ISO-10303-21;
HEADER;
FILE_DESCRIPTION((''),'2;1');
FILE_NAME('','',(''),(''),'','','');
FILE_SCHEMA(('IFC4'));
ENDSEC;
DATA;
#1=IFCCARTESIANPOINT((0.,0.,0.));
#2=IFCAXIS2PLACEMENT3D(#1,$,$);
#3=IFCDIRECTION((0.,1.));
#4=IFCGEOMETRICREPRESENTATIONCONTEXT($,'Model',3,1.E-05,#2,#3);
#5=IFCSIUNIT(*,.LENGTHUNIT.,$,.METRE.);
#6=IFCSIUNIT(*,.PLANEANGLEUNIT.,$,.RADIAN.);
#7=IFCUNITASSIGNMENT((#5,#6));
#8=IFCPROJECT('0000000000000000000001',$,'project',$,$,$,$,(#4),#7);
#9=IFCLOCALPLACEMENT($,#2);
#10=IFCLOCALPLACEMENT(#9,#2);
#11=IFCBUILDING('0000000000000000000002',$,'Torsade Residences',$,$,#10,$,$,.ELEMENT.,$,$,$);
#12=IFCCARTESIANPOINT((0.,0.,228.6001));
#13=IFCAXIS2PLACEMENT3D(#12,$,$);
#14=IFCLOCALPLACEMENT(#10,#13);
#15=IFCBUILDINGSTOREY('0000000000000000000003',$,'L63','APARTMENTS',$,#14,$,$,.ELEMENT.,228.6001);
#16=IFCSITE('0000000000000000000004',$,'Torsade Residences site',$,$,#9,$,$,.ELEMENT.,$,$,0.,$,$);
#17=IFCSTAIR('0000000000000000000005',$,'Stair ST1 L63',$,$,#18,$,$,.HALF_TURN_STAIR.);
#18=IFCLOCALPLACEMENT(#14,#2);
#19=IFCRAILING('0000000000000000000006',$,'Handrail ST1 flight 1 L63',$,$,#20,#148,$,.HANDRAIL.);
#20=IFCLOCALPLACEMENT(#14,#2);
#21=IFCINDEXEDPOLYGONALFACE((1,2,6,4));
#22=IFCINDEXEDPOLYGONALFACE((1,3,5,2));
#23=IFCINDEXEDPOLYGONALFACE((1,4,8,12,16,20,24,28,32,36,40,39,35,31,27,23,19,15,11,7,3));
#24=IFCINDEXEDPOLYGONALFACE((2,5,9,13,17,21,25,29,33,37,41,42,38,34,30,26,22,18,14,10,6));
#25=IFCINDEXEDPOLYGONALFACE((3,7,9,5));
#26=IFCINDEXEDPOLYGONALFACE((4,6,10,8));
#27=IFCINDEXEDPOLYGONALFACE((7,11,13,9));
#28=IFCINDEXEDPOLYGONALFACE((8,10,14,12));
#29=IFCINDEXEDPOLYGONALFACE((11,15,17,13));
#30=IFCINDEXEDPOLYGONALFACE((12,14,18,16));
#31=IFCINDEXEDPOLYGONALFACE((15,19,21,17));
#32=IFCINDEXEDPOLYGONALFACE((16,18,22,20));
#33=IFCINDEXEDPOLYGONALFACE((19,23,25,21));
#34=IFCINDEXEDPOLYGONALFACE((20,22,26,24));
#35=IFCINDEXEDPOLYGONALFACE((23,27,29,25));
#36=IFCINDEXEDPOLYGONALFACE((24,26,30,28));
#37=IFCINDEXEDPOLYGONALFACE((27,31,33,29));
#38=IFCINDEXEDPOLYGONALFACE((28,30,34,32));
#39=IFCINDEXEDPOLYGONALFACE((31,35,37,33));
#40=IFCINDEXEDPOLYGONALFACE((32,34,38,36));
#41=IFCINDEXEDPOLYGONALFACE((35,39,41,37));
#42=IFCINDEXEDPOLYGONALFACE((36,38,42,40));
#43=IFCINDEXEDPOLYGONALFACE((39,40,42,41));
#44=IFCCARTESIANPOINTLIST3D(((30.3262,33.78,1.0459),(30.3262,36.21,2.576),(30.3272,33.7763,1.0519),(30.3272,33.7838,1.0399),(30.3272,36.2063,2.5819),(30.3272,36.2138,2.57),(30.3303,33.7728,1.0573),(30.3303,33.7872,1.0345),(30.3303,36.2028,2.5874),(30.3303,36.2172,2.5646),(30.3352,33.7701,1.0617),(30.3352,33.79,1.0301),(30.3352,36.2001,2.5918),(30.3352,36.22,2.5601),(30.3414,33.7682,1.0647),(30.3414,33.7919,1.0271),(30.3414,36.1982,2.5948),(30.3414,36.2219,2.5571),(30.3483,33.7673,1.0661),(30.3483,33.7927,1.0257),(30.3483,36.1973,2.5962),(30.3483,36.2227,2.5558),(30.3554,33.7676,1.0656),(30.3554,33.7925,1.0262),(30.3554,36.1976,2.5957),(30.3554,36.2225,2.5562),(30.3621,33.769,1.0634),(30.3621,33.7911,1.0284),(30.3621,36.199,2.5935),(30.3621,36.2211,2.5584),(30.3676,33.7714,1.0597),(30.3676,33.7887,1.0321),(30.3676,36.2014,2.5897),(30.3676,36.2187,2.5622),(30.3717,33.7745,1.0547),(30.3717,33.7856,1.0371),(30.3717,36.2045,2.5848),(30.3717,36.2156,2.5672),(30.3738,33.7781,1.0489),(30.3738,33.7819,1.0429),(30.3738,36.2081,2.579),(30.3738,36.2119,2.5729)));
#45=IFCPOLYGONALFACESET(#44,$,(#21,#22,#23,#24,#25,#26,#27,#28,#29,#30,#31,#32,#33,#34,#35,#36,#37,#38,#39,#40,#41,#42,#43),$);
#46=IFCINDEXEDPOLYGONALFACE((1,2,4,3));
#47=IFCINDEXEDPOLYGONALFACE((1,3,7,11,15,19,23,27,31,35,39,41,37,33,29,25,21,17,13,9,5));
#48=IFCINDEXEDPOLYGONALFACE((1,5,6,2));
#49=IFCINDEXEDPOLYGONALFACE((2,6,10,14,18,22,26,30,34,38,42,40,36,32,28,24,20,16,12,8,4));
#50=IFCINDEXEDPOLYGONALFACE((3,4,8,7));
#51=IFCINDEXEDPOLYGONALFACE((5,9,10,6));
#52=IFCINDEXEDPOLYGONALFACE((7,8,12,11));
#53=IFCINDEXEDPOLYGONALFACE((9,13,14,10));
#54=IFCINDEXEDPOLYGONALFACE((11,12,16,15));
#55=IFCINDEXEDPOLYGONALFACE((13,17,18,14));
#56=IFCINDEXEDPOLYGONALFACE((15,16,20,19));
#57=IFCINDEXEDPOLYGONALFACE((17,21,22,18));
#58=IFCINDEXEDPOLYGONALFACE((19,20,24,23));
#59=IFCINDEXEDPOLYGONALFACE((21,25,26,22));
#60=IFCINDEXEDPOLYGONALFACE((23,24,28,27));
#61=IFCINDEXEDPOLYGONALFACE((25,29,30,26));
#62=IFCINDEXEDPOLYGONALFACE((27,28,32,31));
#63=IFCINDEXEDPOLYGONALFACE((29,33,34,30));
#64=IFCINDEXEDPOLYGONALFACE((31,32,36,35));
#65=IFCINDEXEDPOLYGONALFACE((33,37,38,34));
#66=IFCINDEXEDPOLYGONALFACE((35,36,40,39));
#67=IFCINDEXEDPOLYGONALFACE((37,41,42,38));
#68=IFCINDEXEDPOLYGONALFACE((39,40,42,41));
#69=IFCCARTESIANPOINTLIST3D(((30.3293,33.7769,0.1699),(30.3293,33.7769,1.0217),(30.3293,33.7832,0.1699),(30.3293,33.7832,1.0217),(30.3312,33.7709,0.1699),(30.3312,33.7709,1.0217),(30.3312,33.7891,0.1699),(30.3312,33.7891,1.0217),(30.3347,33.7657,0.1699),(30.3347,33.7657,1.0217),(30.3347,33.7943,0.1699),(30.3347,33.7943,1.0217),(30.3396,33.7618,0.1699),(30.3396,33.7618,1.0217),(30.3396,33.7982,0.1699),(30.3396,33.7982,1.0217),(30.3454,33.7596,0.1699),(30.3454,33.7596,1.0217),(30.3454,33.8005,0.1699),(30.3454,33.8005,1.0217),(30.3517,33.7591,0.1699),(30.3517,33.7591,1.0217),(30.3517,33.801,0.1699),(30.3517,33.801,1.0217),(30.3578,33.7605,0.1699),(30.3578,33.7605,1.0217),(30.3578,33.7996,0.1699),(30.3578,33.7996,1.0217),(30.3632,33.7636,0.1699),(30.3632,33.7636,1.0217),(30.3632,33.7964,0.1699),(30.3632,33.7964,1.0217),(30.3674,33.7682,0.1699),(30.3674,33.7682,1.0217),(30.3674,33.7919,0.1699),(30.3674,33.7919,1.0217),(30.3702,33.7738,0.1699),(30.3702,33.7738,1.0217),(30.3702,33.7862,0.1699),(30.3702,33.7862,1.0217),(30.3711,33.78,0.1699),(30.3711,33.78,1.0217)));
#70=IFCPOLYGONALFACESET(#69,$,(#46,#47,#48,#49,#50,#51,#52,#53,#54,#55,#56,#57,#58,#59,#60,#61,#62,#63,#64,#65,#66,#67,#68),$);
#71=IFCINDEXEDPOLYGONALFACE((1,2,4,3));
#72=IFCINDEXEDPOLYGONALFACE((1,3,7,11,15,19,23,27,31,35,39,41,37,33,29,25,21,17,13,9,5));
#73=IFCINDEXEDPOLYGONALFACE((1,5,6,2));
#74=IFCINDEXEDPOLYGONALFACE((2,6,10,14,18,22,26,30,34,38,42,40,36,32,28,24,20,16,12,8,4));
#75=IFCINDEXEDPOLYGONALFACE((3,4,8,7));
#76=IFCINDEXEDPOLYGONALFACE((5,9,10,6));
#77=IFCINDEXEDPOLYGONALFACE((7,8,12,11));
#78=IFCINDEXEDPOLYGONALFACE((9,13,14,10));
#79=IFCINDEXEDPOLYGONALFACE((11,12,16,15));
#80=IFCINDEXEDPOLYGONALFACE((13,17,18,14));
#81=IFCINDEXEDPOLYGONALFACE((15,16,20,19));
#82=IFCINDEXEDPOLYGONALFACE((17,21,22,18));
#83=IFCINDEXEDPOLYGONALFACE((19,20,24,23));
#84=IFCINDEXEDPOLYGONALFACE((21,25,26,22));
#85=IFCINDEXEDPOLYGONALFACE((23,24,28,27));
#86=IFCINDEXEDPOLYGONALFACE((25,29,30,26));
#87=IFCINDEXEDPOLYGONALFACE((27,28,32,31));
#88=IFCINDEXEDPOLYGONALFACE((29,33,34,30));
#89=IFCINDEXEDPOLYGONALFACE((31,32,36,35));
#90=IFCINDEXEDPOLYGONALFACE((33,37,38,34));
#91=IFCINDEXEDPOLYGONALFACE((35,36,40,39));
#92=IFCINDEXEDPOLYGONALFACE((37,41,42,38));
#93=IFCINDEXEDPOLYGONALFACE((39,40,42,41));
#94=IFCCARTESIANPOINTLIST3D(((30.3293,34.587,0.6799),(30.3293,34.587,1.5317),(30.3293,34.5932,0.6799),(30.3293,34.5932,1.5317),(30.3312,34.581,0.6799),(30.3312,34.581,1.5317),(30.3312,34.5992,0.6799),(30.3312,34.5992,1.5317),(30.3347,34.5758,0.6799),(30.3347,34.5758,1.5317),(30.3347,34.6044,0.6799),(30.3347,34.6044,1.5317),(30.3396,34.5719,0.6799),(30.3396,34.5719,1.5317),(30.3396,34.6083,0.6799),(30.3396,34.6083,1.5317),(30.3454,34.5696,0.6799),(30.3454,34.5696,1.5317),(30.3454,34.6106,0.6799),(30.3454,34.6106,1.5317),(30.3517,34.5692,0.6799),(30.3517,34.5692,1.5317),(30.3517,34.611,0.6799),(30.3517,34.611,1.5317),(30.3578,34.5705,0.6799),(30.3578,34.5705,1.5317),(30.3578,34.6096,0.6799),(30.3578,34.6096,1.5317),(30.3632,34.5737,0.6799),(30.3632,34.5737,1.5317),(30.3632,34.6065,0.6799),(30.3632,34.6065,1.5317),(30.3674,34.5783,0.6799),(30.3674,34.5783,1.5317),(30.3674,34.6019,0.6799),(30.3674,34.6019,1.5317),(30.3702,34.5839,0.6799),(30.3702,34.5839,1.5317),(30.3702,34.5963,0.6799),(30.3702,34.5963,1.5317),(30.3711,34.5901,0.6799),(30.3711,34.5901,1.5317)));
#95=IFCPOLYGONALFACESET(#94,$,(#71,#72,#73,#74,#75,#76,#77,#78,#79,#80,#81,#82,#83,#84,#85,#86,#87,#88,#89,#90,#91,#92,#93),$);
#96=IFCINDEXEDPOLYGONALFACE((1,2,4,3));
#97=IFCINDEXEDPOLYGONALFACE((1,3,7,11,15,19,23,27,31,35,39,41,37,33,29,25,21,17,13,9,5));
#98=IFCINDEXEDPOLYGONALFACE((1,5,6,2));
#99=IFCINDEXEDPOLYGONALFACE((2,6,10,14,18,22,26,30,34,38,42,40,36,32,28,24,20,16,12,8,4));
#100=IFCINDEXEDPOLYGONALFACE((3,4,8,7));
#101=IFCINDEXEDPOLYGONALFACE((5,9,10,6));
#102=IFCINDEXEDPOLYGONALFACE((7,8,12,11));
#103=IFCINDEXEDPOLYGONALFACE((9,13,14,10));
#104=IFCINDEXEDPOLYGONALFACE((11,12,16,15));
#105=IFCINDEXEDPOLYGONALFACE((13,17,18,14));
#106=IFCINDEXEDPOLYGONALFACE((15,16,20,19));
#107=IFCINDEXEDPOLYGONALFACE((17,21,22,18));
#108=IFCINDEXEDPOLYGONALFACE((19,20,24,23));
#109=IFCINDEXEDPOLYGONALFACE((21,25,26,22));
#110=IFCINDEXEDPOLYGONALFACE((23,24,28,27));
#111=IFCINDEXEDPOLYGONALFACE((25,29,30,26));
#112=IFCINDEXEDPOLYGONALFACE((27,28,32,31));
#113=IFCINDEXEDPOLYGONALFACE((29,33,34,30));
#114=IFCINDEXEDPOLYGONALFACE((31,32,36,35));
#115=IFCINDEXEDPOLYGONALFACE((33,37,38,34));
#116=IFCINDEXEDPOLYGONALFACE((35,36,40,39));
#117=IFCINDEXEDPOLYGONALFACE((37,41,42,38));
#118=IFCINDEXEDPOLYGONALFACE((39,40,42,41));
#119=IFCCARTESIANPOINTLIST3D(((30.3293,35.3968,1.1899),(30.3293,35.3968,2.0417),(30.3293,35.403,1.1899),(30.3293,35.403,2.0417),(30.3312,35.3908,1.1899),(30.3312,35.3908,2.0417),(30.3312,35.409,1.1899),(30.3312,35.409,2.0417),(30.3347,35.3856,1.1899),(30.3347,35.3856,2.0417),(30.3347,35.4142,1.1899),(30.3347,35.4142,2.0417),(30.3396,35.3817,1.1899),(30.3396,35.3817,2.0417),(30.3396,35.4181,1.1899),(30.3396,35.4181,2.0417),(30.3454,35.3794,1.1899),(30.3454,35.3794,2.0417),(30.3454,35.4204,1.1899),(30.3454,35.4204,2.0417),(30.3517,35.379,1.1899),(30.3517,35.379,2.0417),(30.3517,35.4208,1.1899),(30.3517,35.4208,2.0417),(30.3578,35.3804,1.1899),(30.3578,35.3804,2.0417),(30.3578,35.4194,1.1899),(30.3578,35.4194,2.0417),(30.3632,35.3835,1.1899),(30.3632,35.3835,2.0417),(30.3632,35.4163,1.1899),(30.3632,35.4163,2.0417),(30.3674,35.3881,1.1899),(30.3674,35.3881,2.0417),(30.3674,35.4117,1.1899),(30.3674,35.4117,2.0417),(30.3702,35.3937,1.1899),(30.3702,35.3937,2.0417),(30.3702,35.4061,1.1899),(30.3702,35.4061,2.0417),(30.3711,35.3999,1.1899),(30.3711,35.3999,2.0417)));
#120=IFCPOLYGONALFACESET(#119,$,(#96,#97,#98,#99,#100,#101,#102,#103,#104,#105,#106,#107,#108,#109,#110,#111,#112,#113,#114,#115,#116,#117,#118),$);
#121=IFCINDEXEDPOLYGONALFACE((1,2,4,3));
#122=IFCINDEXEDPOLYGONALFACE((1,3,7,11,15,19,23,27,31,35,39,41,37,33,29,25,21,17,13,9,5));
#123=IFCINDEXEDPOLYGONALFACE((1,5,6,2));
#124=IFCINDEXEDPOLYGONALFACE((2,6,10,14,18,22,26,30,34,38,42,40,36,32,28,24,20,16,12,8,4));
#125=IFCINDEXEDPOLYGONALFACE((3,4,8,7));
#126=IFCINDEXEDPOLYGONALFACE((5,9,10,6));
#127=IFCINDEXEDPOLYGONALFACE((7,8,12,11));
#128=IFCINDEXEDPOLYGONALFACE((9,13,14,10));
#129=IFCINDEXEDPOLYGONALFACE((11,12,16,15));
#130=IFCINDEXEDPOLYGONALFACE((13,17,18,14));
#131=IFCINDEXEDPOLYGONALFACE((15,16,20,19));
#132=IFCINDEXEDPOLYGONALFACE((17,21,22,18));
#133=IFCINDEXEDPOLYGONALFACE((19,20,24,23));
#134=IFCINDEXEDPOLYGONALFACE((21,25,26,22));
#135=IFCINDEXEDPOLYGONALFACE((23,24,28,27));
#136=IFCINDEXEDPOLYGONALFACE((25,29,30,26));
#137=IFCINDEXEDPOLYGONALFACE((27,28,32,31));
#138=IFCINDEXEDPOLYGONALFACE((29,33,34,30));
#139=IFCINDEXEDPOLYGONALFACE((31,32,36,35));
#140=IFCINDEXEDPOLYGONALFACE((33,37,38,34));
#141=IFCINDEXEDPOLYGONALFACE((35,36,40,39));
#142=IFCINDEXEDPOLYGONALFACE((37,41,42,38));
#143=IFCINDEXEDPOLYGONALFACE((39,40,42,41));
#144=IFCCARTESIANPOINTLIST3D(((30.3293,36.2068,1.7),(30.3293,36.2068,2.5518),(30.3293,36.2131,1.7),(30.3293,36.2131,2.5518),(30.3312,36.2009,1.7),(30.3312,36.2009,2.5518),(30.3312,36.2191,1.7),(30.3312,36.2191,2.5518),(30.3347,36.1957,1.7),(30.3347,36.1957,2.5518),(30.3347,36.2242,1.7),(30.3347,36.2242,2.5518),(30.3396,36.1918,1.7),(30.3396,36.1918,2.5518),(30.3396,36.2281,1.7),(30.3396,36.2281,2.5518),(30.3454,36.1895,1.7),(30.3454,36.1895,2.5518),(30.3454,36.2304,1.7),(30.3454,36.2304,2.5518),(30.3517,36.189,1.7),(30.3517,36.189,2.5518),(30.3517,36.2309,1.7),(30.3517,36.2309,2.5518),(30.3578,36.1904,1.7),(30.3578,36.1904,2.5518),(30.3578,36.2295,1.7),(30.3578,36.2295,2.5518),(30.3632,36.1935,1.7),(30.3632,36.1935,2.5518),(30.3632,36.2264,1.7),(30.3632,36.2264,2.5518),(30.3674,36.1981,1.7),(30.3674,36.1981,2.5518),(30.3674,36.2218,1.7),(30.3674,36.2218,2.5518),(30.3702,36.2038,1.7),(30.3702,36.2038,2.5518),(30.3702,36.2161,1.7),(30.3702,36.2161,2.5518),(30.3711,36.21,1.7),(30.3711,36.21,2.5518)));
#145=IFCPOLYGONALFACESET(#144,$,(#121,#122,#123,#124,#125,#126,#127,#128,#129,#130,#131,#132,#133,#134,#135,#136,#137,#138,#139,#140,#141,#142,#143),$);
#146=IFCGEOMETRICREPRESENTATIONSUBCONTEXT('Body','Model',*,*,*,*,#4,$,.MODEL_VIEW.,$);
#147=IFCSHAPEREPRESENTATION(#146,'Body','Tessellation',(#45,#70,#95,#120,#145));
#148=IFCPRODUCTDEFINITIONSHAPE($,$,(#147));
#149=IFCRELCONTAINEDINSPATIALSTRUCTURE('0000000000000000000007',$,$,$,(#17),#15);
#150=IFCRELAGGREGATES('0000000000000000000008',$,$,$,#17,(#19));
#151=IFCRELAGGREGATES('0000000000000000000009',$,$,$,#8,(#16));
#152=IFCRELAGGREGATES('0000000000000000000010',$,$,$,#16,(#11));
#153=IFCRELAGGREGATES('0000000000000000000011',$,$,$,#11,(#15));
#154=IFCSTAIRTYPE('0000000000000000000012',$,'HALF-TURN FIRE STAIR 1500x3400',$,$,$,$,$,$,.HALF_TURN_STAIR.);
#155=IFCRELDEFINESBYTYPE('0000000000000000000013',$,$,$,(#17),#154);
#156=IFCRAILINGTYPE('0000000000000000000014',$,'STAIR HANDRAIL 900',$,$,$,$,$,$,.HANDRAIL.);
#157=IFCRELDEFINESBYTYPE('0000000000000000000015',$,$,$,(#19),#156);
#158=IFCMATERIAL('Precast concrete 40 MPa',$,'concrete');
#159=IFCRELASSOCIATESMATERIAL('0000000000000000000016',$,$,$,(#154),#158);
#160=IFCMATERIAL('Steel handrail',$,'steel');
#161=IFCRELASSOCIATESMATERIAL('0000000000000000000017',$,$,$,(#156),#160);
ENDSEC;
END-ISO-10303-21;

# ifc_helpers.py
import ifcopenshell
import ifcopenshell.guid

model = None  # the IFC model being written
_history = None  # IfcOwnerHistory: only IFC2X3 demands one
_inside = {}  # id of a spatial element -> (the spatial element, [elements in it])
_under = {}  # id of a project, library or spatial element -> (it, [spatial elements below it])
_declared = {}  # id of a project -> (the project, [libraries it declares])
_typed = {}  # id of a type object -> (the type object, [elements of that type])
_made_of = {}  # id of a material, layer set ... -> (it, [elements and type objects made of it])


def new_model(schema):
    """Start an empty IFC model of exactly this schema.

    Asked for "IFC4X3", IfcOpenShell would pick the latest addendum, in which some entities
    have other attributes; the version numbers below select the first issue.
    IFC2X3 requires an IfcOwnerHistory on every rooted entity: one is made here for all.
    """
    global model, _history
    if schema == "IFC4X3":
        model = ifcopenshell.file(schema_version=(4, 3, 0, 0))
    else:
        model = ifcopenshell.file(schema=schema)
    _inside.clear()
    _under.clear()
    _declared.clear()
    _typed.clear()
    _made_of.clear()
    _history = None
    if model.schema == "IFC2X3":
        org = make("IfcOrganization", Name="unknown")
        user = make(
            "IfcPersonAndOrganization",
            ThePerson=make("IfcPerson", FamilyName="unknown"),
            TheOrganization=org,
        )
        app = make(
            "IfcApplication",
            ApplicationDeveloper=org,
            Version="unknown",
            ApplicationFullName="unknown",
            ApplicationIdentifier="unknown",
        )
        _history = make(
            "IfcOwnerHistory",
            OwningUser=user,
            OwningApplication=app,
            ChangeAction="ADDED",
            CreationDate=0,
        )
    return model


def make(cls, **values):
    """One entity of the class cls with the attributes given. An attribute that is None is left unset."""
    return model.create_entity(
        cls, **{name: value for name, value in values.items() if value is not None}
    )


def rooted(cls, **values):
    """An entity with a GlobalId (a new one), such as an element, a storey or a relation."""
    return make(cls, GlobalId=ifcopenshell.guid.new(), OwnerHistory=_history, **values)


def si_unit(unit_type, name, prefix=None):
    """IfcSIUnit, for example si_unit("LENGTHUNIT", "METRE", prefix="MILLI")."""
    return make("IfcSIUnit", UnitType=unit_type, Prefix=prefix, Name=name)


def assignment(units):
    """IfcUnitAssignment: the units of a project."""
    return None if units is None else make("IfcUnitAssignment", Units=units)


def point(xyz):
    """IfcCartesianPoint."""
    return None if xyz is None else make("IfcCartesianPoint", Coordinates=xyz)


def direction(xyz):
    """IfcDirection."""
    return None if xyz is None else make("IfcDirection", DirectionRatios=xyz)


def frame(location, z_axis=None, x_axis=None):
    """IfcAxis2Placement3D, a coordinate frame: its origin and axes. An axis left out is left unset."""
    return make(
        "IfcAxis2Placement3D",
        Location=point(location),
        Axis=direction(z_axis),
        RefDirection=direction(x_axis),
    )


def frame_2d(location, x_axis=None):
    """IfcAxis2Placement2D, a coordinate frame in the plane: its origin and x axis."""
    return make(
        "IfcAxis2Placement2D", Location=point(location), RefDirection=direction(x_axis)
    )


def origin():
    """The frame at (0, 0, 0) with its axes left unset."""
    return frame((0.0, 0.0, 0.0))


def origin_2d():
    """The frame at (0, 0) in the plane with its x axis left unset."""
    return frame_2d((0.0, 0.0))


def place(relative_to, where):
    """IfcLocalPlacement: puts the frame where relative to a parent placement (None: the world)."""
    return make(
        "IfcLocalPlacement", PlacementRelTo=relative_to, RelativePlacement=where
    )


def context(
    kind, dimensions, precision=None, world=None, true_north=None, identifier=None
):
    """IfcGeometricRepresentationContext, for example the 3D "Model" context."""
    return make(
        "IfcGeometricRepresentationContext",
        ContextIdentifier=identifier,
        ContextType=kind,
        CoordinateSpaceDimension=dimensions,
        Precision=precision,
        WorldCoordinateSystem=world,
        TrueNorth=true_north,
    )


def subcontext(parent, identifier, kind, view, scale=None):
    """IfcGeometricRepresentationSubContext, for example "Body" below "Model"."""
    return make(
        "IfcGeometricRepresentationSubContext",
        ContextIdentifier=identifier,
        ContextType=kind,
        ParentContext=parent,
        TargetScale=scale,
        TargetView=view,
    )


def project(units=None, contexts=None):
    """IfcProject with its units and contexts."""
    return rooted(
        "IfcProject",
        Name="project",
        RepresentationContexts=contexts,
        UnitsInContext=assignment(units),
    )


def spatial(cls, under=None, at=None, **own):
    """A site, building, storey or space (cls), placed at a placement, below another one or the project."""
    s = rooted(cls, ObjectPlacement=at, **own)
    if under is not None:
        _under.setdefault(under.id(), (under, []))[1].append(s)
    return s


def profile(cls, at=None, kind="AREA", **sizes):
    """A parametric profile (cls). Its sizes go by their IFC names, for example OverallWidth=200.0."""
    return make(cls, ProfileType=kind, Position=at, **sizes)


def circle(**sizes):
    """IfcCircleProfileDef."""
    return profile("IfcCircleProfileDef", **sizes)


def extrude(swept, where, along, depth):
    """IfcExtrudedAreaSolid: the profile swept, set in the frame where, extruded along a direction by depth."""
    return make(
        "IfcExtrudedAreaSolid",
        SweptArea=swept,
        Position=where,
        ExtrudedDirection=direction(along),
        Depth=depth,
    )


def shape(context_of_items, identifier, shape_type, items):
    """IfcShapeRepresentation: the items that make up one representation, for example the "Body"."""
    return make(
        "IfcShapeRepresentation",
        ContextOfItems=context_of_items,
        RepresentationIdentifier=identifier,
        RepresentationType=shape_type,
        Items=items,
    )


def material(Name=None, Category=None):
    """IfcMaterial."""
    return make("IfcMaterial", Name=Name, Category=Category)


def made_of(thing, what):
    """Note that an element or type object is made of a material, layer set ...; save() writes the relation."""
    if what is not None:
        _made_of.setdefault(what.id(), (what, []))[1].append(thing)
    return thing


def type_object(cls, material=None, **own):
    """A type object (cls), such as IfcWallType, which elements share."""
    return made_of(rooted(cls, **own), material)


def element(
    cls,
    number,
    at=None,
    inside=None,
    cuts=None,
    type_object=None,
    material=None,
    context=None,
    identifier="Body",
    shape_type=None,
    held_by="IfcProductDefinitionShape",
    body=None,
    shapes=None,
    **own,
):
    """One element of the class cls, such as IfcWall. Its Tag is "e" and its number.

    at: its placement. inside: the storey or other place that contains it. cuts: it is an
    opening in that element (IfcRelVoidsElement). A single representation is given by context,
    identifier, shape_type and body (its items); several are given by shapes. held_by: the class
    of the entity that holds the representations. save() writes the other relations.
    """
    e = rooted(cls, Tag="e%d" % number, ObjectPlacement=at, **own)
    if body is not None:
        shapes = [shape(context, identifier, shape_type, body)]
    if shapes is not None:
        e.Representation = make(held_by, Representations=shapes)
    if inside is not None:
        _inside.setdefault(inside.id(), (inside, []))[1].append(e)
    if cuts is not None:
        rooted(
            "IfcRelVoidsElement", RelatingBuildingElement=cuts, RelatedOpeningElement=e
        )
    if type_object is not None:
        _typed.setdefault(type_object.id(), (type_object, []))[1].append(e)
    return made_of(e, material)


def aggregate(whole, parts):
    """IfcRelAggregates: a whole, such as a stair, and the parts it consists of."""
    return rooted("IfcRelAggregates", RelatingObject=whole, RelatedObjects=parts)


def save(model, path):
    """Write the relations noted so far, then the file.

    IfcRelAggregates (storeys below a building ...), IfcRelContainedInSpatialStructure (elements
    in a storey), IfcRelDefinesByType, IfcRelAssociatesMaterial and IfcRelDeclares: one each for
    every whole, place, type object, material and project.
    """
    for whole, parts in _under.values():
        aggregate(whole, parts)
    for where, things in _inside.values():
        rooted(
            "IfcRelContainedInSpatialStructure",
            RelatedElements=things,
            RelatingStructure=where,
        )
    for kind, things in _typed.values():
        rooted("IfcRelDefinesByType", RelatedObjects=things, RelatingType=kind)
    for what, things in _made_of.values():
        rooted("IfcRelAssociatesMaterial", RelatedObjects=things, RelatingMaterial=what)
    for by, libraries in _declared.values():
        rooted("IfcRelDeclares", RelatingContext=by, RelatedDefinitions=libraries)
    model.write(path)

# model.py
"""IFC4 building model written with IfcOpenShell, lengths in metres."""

from ifc_helpers import new_model, si_unit, direction, frame, origin, origin_2d, place, context, subcontext, project, spatial, circle, extrude, material, type_object, element, aggregate, save


model = new_model("IFC4")

# Units and contexts
model_context = context("Model", 3, precision=1e-05, world=origin(), true_north=direction((0.0, 1.0)))
body_context = subcontext(model_context, "Body", "Model", "MODEL_VIEW")
ifc_project = project(units=[si_unit("LENGTHUNIT", "METRE"), si_unit("PLANEANGLEUNIT", "RADIAN")], contexts=[model_context])

# Site, building, storey
site_placement = place(None, origin())
site = spatial("IfcSite", under=ifc_project, at=site_placement, Name="Torsade Residences site", CompositionType="ELEMENT", RefElevation=0.0)
building_placement = place(site_placement, origin())
building = spatial("IfcBuilding", under=site, at=building_placement, Name="Torsade Residences", CompositionType="ELEMENT")
storey_placement = place(building_placement, frame((0.0, 0.0, 228.6001)))
storey = spatial("IfcBuildingStorey", under=building, at=storey_placement, Name="L63", Description="APARTMENTS", CompositionType="ELEMENT", Elevation=228.6001)

# Stair, railing
ifc_material_1 = material(Name="Precast concrete 40 MPa", Category="concrete")
stair_type = type_object("IfcStairType", Name="HALF-TURN FIRE STAIR 1500x3400", PredefinedType="HALF_TURN_STAIR", material=ifc_material_1)
stair_placement = place(storey_placement, origin())
stair = element("IfcStair", 1, at=stair_placement, inside=storey, type_object=stair_type, Name="Stair ST1 L63", PredefinedType="HALF_TURN_STAIR")
ifc_material_2 = material(Name="Steel handrail", Category="steel")
railing_type = type_object("IfcRailingType", Name="STAIR HANDRAIL 900", PredefinedType="HANDRAIL", material=ifc_material_2)
railing_1_placement = place(storey_placement, frame((30.3501, 33.78, 0.1699)))
railing_1 = element("IfcRailing", 2, at=railing_1_placement, type_object=railing_type, Name="Handrail ST1 flight 1 L63", PredefinedType="HANDRAIL", context=body_context, shape_type="SweptSolid", body=[
    extrude(circle(Radius=0.0239, at=origin_2d()), frame((0.0, 0.0, 0.876), z_axis=(0.0, 0.846221, 0.532831), x_axis=(-1.0, 0.0, 0.0)), (0.0, 0.0, 1.0), 2.8716),
    extrude(circle(Radius=0.021, at=origin_2d()), origin(), (0.0, 0.0, 1.0), 0.8518),
    extrude(circle(Radius=0.021, at=origin_2d()), frame((0.0, 0.8101, 0.51)), (0.0, 0.0, 1.0), 0.8518),
    extrude(circle(Radius=0.021, at=origin_2d()), frame((0.0, 1.6199, 1.02)), (0.0, 0.0, 1.0), 0.8518),
    extrude(circle(Radius=0.021, at=origin_2d()), frame((0.0, 2.4299, 1.53)), (0.0, 0.0, 1.0), 0.8518),
])
aggregate(stair, [railing_1])

save(model, "model.ifc")
